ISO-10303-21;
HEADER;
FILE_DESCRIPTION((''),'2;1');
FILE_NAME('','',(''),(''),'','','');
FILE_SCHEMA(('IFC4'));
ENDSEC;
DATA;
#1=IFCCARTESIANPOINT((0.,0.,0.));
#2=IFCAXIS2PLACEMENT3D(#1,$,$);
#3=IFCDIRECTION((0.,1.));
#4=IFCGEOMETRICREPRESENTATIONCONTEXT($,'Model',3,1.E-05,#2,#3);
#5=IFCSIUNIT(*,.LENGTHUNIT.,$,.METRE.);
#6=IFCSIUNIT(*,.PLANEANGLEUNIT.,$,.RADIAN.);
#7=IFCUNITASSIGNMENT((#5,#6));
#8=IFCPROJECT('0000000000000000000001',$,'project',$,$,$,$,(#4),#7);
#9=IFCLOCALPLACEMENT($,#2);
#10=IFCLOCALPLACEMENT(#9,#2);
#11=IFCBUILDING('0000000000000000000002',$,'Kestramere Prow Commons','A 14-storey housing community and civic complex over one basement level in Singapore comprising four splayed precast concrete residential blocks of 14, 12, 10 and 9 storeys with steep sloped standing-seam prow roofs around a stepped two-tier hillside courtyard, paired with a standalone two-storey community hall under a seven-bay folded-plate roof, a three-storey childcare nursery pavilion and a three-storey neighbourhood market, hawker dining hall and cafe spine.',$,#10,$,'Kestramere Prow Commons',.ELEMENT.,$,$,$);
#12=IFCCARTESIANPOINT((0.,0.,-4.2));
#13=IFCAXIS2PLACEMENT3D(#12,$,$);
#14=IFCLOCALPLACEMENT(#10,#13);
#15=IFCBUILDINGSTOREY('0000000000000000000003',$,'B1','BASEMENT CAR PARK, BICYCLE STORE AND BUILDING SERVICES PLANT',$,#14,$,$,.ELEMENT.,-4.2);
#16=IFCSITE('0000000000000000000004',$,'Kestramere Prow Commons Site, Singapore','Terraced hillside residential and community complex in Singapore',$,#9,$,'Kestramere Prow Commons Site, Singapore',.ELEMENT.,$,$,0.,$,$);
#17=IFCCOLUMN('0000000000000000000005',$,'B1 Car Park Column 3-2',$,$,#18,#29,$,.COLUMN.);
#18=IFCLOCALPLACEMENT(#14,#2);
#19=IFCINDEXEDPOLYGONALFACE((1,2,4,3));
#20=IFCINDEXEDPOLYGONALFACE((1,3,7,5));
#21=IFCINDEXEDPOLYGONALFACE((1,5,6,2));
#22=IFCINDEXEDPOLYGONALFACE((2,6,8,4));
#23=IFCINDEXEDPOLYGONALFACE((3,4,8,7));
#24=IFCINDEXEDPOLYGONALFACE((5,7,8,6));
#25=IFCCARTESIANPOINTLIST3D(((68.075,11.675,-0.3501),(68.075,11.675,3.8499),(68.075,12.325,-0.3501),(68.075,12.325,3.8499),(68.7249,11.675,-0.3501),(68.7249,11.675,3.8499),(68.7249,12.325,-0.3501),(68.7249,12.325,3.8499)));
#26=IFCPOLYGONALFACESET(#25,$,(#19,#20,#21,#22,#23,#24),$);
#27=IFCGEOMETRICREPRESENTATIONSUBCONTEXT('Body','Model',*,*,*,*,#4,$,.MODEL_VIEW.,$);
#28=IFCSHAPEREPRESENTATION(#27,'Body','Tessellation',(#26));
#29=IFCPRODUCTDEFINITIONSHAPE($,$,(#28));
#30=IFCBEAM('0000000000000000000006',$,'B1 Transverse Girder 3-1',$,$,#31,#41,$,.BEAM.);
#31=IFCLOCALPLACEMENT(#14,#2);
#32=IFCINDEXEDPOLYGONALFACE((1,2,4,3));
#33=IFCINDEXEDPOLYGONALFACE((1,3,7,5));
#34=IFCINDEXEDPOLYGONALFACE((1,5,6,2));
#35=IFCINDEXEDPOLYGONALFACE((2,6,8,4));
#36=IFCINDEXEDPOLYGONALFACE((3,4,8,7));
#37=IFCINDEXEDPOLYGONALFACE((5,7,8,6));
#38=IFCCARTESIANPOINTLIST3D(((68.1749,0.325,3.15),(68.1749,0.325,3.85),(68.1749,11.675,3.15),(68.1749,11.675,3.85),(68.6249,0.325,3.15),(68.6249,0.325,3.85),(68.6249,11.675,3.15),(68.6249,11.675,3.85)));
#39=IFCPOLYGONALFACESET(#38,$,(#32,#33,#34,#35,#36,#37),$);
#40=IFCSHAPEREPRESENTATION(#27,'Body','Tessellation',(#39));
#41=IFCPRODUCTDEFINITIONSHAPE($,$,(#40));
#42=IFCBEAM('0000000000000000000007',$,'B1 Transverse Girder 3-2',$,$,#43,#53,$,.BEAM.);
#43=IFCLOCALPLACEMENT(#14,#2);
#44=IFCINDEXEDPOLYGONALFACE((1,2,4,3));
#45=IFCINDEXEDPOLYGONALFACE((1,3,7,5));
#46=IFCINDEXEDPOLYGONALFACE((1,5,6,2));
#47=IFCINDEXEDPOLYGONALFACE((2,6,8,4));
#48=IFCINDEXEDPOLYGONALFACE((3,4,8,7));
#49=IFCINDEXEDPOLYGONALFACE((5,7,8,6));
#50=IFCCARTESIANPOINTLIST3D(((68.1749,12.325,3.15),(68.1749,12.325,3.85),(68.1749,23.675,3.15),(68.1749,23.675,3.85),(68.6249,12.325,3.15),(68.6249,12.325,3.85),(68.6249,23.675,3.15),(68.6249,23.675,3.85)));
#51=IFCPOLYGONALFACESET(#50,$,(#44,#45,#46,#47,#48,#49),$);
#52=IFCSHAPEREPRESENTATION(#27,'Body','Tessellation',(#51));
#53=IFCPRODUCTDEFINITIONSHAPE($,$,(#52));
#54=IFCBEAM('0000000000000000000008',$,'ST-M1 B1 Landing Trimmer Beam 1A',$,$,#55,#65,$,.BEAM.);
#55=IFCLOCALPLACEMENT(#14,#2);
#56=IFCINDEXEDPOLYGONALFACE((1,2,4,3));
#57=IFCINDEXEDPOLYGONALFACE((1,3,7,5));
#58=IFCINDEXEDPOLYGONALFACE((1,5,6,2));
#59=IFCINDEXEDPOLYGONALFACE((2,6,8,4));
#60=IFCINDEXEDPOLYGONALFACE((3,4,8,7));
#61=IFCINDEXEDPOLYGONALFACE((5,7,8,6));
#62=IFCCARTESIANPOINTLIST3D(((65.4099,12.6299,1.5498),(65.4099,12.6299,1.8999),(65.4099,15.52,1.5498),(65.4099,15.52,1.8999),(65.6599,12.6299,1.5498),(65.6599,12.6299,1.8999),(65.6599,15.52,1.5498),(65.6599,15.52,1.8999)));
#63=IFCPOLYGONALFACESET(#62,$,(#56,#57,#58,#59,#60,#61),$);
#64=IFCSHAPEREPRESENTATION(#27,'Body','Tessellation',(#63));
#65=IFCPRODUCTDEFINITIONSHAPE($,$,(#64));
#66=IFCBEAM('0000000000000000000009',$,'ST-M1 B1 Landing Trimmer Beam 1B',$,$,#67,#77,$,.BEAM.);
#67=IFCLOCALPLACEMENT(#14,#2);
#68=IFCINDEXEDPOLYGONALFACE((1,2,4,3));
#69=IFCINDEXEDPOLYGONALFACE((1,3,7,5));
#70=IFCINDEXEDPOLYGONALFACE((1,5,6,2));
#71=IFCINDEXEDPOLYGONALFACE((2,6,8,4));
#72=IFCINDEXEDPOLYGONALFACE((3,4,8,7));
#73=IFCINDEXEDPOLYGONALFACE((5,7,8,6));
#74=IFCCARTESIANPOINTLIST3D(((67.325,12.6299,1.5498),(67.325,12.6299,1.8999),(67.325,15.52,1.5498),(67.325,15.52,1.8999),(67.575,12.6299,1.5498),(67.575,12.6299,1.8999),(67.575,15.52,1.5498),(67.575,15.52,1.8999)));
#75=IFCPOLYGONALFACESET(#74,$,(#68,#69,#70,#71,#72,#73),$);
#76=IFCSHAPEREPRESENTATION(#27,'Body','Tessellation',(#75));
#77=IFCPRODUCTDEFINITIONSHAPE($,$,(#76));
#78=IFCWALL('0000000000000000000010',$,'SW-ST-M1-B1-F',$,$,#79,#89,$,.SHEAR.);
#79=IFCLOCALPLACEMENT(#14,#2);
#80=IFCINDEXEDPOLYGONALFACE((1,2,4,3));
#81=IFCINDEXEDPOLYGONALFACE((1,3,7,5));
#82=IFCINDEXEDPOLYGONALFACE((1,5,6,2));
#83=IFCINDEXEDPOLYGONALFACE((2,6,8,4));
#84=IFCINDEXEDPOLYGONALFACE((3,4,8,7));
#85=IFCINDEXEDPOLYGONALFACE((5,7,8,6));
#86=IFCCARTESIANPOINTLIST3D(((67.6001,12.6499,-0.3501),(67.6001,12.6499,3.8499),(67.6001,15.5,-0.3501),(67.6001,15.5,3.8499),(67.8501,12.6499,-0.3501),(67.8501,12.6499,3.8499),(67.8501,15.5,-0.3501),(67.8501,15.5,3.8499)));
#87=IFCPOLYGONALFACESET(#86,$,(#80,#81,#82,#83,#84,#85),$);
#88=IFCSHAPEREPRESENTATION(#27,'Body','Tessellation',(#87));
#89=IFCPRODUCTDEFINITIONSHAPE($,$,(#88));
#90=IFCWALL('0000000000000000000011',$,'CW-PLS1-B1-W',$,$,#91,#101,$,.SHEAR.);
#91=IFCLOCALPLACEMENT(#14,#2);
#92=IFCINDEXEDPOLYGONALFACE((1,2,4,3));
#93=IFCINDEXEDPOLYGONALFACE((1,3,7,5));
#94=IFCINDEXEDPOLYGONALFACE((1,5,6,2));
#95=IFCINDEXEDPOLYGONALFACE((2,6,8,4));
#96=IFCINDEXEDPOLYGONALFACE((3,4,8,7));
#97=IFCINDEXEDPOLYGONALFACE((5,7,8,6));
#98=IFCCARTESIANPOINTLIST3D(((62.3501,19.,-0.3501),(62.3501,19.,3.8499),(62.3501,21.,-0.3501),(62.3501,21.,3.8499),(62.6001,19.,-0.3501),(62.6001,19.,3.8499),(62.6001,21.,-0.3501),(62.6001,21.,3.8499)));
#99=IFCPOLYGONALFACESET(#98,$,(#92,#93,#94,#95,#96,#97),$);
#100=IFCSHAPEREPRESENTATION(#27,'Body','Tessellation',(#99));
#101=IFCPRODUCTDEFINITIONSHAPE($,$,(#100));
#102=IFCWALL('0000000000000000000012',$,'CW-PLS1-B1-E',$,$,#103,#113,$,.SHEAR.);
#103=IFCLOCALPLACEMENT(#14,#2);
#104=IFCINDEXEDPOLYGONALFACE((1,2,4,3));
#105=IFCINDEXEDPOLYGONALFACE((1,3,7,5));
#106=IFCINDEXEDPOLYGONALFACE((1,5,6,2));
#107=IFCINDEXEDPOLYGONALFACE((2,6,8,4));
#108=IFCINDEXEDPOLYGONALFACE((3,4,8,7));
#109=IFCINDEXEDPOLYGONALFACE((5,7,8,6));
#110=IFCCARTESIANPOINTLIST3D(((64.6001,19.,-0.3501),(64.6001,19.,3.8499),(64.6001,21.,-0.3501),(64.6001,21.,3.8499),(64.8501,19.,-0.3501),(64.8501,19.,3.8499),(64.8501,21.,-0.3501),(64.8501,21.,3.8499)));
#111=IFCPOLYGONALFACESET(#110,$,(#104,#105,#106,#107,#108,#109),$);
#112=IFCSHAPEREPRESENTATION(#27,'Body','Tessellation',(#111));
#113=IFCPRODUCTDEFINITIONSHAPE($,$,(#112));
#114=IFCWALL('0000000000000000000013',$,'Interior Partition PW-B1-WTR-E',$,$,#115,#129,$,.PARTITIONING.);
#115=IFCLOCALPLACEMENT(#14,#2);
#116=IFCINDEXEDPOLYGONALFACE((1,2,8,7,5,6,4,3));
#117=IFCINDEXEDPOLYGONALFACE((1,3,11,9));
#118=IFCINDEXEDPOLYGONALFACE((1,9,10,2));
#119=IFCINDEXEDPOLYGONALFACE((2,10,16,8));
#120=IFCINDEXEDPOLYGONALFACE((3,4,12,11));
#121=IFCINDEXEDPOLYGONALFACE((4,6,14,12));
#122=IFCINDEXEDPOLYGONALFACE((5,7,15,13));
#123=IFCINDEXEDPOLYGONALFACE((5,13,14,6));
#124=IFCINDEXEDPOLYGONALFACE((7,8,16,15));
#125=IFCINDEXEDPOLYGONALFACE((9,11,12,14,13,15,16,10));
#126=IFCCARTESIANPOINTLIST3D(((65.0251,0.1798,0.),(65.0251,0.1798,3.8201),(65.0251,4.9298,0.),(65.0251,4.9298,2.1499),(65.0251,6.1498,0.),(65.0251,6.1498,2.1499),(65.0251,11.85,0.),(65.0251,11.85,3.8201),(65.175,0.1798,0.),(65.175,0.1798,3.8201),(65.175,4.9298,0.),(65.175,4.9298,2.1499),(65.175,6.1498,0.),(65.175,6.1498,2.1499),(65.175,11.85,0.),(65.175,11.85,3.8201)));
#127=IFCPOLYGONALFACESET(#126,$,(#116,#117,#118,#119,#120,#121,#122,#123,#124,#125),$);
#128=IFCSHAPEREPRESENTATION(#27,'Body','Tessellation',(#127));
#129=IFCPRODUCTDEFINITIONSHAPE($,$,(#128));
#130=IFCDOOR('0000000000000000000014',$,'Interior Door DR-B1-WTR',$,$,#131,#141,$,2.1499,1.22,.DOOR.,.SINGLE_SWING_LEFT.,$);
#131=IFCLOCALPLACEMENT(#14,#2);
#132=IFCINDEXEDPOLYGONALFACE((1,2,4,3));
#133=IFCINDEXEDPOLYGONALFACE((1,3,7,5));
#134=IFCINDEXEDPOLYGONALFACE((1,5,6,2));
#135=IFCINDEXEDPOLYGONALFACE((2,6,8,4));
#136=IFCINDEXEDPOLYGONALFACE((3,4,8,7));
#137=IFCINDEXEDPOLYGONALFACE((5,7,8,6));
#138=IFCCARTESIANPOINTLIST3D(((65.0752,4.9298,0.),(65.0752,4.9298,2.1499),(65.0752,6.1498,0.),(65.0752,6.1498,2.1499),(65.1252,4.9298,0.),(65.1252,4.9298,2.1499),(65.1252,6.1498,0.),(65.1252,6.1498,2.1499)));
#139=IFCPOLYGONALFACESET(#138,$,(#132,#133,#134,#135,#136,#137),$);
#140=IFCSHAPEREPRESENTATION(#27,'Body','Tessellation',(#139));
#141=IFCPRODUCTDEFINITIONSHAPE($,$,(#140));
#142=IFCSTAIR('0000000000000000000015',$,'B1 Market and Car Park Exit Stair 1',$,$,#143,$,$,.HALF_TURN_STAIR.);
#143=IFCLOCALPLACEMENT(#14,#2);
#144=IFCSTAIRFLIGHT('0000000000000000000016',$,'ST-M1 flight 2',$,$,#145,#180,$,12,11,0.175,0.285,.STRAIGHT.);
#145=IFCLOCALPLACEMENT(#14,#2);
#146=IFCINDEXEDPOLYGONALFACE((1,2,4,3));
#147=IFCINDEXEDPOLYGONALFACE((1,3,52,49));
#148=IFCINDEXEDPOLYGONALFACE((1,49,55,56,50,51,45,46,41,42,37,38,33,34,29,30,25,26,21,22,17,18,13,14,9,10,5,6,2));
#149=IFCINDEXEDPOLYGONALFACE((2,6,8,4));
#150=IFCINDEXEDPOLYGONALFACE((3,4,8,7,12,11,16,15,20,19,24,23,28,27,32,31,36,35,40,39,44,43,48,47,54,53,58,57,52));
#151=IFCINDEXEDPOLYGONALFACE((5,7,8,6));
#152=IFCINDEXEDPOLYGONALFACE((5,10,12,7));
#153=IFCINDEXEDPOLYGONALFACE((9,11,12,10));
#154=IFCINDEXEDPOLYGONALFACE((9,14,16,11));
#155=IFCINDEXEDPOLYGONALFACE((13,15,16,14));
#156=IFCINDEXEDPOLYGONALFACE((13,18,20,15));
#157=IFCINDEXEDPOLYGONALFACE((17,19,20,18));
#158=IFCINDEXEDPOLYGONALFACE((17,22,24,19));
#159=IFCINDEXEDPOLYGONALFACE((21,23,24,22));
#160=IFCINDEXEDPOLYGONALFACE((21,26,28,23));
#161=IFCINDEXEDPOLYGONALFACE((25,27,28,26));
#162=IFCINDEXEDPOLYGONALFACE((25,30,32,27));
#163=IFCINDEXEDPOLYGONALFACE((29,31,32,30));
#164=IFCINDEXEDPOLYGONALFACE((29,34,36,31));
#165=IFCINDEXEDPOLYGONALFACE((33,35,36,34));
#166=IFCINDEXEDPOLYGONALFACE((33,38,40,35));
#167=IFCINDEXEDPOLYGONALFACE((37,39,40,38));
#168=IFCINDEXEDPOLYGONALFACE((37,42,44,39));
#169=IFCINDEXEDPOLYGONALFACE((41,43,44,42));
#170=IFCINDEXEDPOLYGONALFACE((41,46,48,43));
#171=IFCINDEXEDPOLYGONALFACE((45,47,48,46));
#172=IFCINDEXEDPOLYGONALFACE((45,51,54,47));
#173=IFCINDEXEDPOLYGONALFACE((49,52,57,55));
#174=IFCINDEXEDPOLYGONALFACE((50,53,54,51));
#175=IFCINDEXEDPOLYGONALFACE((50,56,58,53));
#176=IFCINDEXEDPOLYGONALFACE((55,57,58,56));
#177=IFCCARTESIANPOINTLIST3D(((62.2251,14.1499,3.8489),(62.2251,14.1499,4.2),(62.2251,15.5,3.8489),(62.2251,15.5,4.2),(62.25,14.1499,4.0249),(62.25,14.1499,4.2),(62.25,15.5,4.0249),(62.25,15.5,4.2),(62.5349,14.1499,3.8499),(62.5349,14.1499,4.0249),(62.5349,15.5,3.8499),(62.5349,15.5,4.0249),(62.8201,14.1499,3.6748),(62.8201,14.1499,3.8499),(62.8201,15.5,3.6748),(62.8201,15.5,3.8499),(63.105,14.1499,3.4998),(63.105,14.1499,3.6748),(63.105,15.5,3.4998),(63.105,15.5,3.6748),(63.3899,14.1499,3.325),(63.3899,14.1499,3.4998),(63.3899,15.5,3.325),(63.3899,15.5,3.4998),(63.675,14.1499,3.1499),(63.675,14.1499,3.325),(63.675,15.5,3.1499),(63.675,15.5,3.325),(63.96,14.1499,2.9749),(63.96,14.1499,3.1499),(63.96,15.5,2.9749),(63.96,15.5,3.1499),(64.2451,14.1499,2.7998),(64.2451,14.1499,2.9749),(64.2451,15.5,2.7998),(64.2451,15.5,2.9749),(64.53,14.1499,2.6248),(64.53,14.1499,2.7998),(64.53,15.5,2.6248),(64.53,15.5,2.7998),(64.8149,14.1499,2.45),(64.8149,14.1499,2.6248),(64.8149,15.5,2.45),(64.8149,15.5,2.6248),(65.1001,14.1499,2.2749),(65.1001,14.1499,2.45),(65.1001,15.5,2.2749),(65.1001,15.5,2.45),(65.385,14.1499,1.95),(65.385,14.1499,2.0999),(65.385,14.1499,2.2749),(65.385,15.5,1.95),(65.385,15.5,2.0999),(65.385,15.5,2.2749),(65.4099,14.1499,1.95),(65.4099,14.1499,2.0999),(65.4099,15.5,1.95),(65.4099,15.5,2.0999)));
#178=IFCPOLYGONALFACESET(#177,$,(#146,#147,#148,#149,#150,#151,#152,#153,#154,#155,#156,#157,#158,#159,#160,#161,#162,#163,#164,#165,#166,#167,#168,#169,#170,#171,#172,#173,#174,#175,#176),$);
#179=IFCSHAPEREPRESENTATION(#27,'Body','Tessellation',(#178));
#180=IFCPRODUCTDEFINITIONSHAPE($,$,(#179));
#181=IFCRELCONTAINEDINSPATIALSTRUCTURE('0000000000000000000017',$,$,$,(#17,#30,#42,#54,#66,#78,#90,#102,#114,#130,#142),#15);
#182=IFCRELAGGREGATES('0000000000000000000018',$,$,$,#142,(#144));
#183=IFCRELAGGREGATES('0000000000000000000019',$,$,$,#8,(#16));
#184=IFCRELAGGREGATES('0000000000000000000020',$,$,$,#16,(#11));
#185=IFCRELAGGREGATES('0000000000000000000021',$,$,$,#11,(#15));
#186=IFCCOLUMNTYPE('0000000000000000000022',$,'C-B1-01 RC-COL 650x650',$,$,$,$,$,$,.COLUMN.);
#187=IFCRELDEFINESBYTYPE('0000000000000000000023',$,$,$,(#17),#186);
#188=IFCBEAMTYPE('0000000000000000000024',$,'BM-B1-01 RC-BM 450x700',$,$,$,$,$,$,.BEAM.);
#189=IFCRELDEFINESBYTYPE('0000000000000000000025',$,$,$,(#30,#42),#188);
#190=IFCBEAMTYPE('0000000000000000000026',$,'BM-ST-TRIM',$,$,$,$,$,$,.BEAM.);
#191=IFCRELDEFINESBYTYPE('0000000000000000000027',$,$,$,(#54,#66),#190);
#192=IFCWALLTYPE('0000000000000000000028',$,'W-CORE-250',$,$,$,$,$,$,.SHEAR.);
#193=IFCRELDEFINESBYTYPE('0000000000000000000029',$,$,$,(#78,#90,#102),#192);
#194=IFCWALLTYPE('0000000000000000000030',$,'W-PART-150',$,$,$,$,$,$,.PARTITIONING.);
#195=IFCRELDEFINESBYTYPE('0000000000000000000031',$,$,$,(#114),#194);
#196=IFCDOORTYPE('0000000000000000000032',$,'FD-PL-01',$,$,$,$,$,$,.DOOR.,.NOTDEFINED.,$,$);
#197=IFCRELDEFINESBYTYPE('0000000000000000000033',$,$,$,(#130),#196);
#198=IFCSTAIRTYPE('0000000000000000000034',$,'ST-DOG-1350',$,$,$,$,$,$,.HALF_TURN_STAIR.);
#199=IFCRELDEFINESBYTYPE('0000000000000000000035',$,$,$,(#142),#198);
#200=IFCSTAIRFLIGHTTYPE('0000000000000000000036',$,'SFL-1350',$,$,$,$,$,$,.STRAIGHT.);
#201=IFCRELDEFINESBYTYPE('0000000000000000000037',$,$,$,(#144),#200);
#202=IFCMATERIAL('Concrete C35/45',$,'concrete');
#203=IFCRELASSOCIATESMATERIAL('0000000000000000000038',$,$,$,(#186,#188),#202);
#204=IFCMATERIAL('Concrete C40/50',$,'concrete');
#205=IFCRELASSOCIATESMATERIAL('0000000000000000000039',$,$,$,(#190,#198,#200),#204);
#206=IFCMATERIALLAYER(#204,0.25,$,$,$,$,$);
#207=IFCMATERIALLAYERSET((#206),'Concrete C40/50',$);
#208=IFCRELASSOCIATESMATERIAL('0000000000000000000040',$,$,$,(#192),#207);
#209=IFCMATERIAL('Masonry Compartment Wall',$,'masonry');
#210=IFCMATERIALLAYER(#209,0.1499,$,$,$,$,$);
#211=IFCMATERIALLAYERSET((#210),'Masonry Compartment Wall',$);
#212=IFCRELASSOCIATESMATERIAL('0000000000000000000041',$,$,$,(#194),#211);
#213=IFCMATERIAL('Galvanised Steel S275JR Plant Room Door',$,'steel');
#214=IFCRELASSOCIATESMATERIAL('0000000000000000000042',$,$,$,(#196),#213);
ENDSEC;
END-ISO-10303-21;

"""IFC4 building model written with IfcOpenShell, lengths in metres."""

from ifc_helpers import new_model, si_unit, direction, frame, frame_2d, origin, origin_2d, place, context, subcontext, project, spatial, polyline, rectangle, outline, extrude, material, layer, layer_set, material_profile, profile_set, type_object, element, fill, aggregate, save


model = new_model("IFC4")

# Units and contexts
model_context = context("Model", 3, precision=1e-05, world=origin(), true_north=direction((0.0, 1.0)))
body_context = subcontext(model_context, "Body", "Model", "MODEL_VIEW")
ifc_project = project(units=[si_unit("LENGTHUNIT", "METRE"), si_unit("PLANEANGLEUNIT", "RADIAN")], contexts=[model_context])

# Site, building, storey
site_placement = place(None, origin())
site = spatial("IfcSite", under=ifc_project, at=site_placement, Name="Kestramere Prow Commons Site, Singapore", Description="Terraced hillside residential and community complex in Singapore", LongName="Kestramere Prow Commons Site, Singapore", CompositionType="ELEMENT", RefElevation=0.0)
building_placement = place(site_placement, origin())
building = spatial("IfcBuilding", under=site, at=building_placement, Name="Kestramere Prow Commons", Description="A 14-storey housing community and civic complex over one basement level in Singapore comprising four splayed precast concrete residential blocks of 14, 12, 10 and 9 storeys with steep sloped standing-seam prow roofs around a stepped two-tier hillside courtyard, paired with a standalone two-storey community hall under a seven-bay folded-plate roof, a three-storey childcare nursery pavilion and a three-storey neighbourhood market, hawker dining hall and cafe spine.", LongName="Kestramere Prow Commons", CompositionType="ELEMENT")
storey_placement = place(building_placement, frame((0.0, 0.0, -4.2)))
storey = spatial("IfcBuildingStorey", under=building, at=storey_placement, Name="B1", Description="BASEMENT CAR PARK, BICYCLE STORE AND BUILDING SERVICES PLANT", CompositionType="ELEMENT", Elevation=-4.2)

# Shared definitions
ifc_material_1 = material(Name="Concrete C35/45", Category="concrete")

# Column
ifc_material_profile_1 = material_profile(ifc_material_1, rectangle(XDim=0.6499, YDim=0.6499, at=origin_2d()), Name="RC-COL 650x650")
ifc_profile_set_1 = profile_set([ifc_material_profile_1], Name="Concrete C35/45")
column_type = type_object("IfcColumnType", Name="C-B1-01 RC-COL 650x650", PredefinedType="COLUMN", material=ifc_profile_set_1)
for number, where, z_axis, x_axis, name in (
    (1, (68.3999, 12.0, -0.3501), (0.0, 0.0, 1.0), (1.0, 0.0, 0.0), "B1 Car Park Column 3-2"),
):
    element("IfcColumn", number, at=place(storey_placement, frame(where, z_axis=z_axis, x_axis=x_axis)), inside=storey, type_object=column_type, Name=name, PredefinedType="COLUMN", context=body_context, shape_type="SweptSolid", body=[
        extrude(rectangle(XDim=0.6499, YDim=0.6499, at=origin_2d()), origin(), (0.0, 0.0, 1.0), 4.2),
    ])

# Beams
ifc_material_profile_2 = material_profile(ifc_material_1, rectangle(XDim=0.45, YDim=0.7, at=origin_2d()), Name="RC-BM 450x700")
ifc_profile_set_2 = profile_set([ifc_material_profile_2], Name="Concrete C35/45")
beam_type_1 = type_object("IfcBeamType", Name="BM-B1-01 RC-BM 450x700", PredefinedType="BEAM", material=ifc_profile_set_2)
for number, where, z_axis, x_axis, name in (
    (2, (68.3999, 0.325, 3.5), (0.0, 1.0, 0.0), (-1.0, 0.0, 0.0), "B1 Transverse Girder 3-1"),
    (3, (68.3999, 12.325, 3.5), (0.0, 1.0, 0.0), (-1.0, 0.0, 0.0), "B1 Transverse Girder 3-2"),
):
    element("IfcBeam", number, at=place(storey_placement, frame(where, z_axis=z_axis, x_axis=x_axis)), inside=storey, type_object=beam_type_1, Name=name, PredefinedType="BEAM", context=body_context, shape_type="SweptSolid", body=[
        extrude(rectangle(XDim=0.45, YDim=0.7, at=origin_2d()), origin(), (0.0, 0.0, 1.0), 11.3501),
    ])
ifc_material_2 = material(Name="Concrete C40/50", Category="concrete")
ifc_material_profile_3 = material_profile(ifc_material_2, rectangle(XDim=0.25, YDim=0.3501, at=origin_2d()), Name="PC-BM 250x350")
ifc_profile_set_3 = profile_set([ifc_material_profile_3], Name="Concrete C40/50")
beam_type_2 = type_object("IfcBeamType", Name="BM-ST-TRIM", PredefinedType="BEAM", material=ifc_profile_set_3)
for number, where, z_axis, x_axis, name in (
    (4, (65.5349, 12.6299, 1.7249), (0.0, 1.0, 0.0), (-1.0, 0.0, 0.0), "ST-M1 B1 Landing Trimmer Beam 1A"),
    (5, (67.45, 12.6299, 1.7249), (0.0, 1.0, 0.0), (-1.0, 0.0, 0.0), "ST-M1 B1 Landing Trimmer Beam 1B"),
):
    element("IfcBeam", number, at=place(storey_placement, frame(where, z_axis=z_axis, x_axis=x_axis)), inside=storey, type_object=beam_type_2, Name=name, PredefinedType="BEAM", context=body_context, shape_type="SweptSolid", body=[
        extrude(rectangle(XDim=0.25, YDim=0.3501, at=origin_2d()), origin(), (0.0, 0.0, 1.0), 2.8901),
    ])

# Walls
ifc_layer_1 = layer(ifc_material_2, 0.25)
ifc_layer_set_1 = layer_set([ifc_layer_1], Name="Concrete C40/50")
wall_type_1 = type_object("IfcWallType", Name="W-CORE-250", PredefinedType="SHEAR", material=ifc_layer_set_1)
wall_1_placement = place(storey_placement, frame((67.7251, 12.6499, -0.3501), z_axis=(0.0, 0.0, 1.0), x_axis=(0.0, 1.0, 0.0)))
element("IfcWall", 6, at=wall_1_placement, inside=storey, type_object=wall_type_1, Name="SW-ST-M1-B1-F", PredefinedType="SHEAR", context=body_context, shape_type="SweptSolid", body=[
    extrude(rectangle(XDim=2.8501, YDim=0.25, at=frame_2d((1.425, 0.0))), origin(), (0.0, 0.0, 1.0), 4.2),
])
for number, where, z_axis, x_axis, name in (
    (7, (62.4751, 19.0, -0.3501), (0.0, 0.0, 1.0), (0.0, 1.0, 0.0), "CW-PLS1-B1-W"),
    (8, (64.7251, 19.0, -0.3501), (0.0, 0.0, 1.0), (0.0, 1.0, 0.0), "CW-PLS1-B1-E"),
):
    element("IfcWall", number, at=place(storey_placement, frame(where, z_axis=z_axis, x_axis=x_axis)), inside=storey, type_object=wall_type_1, Name=name, PredefinedType="SHEAR", context=body_context, shape_type="SweptSolid", body=[
        extrude(rectangle(XDim=2.0, YDim=0.25, at=frame_2d((1.0, 0.0))), origin(), (0.0, 0.0, 1.0), 4.2),
    ])

# Wall, opening, door
ifc_material_3 = material(Name="Masonry Compartment Wall", Category="masonry")
ifc_layer_2 = layer(ifc_material_3, 0.1499)
ifc_layer_set_2 = layer_set([ifc_layer_2], Name="Masonry Compartment Wall")
wall_type_2 = type_object("IfcWallType", Name="W-PART-150", PredefinedType="PARTITIONING", material=ifc_layer_set_2)
wall_2_placement = place(storey_placement, frame((65.1001, 0.1799, 0.0), z_axis=(0.0, 0.0, 1.0), x_axis=(0.0, 1.0, 0.0)))
wall_2 = element("IfcWall", 9, at=wall_2_placement, inside=storey, type_object=wall_type_2, Name="Interior Partition PW-B1-WTR-E", PredefinedType="PARTITIONING", context=body_context, shape_type="SweptSolid", body=[
    extrude(rectangle(XDim=11.6702, YDim=0.1499, at=frame_2d((5.835, 0.0))), origin(), (0.0, 0.0, 1.0), 3.8201),
])
opening_placement = place(wall_2_placement, frame((4.75, 0.0, 0.0)))
opening = element("IfcOpeningElement", 10, at=opening_placement, cuts=wall_2, PredefinedType="OPENING", context=body_context, shape_type="SweptSolid", body=[
    extrude(rectangle(XDim=1.22, YDim=2.1499, at=frame_2d((0.6099, 1.075))), frame((0.0, 0.0898, 0.0), z_axis=(0.0, -1.0, 0.0), x_axis=(1.0, 0.0, 0.0)), (0.0, 0.0, 1.0), 0.1799),
])
ifc_material_4 = material(Name="Galvanised Steel S275JR Plant Room Door", Category="steel")
door_type = type_object("IfcDoorType", Name="FD-PL-01", OperationType="NOTDEFINED", PredefinedType="DOOR", material=ifc_material_4)
door_placement = place(opening_placement, origin())
door = element("IfcDoor", 11, at=door_placement, inside=storey, type_object=door_type, Name="Interior Door DR-B1-WTR", OperationType="SINGLE_SWING_LEFT", OverallHeight=2.1499, OverallWidth=1.22, PredefinedType="DOOR", context=body_context, shape_type="SweptSolid", body=[
    extrude(rectangle(XDim=1.22, YDim=2.1499, at=frame_2d((0.6099, 1.075))), frame((0.0, 0.0249, 0.0), z_axis=(0.0, -1.0, 0.0), x_axis=(1.0, 0.0, 0.0)), (0.0, 0.0, 1.0), 0.05),
])
fill(opening, door)

# Stair, stair flight
stair_type = type_object("IfcStairType", Name="ST-DOG-1350", PredefinedType="HALF_TURN_STAIR", material=ifc_material_2)
stair_placement = place(storey_placement, origin())
stair = element("IfcStair", 12, at=stair_placement, inside=storey, type_object=stair_type, Name="B1 Market and Car Park Exit Stair 1", PredefinedType="HALF_TURN_STAIR")
stair_flight_type = type_object("IfcStairFlightType", Name="SFL-1350", PredefinedType="STRAIGHT", material=ifc_material_2)
stair_flight_placement = place(storey_placement, frame((65.385, 14.825, 2.0999), z_axis=(0.0, 0.0, 1.0), x_axis=(-1.0, 0.0, 0.0)))
stair_flight = element("IfcStairFlight", 13, at=stair_flight_placement, type_object=stair_flight_type, Name="ST-M1 flight 2", NumberOfRisers=12, NumberOfTreads=11, PredefinedType="STRAIGHT", RiserHeight=0.175, TreadLength=0.285, context=body_context, shape_type="SweptSolid", body=[
    extrude(outline(polyline([(-0.0249, 0.0), (0.0, 0.0), (0.0, 0.175), (0.2849, 0.175), (0.2849, 0.3501), (0.5701, 0.3501), (0.5701, 0.5249), (0.855, 0.5249), (0.855, 0.7), (1.1399, 0.7), (1.1399, 0.875), (1.425, 0.875), (1.425, 1.05), (1.71, 1.05), (1.71, 1.2251), (1.9951, 1.2251), (1.9951, 1.3999), (2.28, 1.3999), (2.28, 1.575), (2.5649, 1.575), (2.5649, 1.75), (2.8501, 1.75), (2.8501, 1.925), (3.135, 1.925), (3.135, 2.1001), (3.1599, 2.1001), (3.1599, 1.749), (0.0, -0.1499), (-0.0249, -0.1499), (-0.0249, 0.0)])), frame((0.0, 0.675, 0.0), z_axis=(0.0, -1.0, 0.0), x_axis=(1.0, 0.0, 0.0)), (0.0, 0.0, 1.0), 1.3501),
])
aggregate(stair, [stair_flight])

save(model, "model.ifc")
